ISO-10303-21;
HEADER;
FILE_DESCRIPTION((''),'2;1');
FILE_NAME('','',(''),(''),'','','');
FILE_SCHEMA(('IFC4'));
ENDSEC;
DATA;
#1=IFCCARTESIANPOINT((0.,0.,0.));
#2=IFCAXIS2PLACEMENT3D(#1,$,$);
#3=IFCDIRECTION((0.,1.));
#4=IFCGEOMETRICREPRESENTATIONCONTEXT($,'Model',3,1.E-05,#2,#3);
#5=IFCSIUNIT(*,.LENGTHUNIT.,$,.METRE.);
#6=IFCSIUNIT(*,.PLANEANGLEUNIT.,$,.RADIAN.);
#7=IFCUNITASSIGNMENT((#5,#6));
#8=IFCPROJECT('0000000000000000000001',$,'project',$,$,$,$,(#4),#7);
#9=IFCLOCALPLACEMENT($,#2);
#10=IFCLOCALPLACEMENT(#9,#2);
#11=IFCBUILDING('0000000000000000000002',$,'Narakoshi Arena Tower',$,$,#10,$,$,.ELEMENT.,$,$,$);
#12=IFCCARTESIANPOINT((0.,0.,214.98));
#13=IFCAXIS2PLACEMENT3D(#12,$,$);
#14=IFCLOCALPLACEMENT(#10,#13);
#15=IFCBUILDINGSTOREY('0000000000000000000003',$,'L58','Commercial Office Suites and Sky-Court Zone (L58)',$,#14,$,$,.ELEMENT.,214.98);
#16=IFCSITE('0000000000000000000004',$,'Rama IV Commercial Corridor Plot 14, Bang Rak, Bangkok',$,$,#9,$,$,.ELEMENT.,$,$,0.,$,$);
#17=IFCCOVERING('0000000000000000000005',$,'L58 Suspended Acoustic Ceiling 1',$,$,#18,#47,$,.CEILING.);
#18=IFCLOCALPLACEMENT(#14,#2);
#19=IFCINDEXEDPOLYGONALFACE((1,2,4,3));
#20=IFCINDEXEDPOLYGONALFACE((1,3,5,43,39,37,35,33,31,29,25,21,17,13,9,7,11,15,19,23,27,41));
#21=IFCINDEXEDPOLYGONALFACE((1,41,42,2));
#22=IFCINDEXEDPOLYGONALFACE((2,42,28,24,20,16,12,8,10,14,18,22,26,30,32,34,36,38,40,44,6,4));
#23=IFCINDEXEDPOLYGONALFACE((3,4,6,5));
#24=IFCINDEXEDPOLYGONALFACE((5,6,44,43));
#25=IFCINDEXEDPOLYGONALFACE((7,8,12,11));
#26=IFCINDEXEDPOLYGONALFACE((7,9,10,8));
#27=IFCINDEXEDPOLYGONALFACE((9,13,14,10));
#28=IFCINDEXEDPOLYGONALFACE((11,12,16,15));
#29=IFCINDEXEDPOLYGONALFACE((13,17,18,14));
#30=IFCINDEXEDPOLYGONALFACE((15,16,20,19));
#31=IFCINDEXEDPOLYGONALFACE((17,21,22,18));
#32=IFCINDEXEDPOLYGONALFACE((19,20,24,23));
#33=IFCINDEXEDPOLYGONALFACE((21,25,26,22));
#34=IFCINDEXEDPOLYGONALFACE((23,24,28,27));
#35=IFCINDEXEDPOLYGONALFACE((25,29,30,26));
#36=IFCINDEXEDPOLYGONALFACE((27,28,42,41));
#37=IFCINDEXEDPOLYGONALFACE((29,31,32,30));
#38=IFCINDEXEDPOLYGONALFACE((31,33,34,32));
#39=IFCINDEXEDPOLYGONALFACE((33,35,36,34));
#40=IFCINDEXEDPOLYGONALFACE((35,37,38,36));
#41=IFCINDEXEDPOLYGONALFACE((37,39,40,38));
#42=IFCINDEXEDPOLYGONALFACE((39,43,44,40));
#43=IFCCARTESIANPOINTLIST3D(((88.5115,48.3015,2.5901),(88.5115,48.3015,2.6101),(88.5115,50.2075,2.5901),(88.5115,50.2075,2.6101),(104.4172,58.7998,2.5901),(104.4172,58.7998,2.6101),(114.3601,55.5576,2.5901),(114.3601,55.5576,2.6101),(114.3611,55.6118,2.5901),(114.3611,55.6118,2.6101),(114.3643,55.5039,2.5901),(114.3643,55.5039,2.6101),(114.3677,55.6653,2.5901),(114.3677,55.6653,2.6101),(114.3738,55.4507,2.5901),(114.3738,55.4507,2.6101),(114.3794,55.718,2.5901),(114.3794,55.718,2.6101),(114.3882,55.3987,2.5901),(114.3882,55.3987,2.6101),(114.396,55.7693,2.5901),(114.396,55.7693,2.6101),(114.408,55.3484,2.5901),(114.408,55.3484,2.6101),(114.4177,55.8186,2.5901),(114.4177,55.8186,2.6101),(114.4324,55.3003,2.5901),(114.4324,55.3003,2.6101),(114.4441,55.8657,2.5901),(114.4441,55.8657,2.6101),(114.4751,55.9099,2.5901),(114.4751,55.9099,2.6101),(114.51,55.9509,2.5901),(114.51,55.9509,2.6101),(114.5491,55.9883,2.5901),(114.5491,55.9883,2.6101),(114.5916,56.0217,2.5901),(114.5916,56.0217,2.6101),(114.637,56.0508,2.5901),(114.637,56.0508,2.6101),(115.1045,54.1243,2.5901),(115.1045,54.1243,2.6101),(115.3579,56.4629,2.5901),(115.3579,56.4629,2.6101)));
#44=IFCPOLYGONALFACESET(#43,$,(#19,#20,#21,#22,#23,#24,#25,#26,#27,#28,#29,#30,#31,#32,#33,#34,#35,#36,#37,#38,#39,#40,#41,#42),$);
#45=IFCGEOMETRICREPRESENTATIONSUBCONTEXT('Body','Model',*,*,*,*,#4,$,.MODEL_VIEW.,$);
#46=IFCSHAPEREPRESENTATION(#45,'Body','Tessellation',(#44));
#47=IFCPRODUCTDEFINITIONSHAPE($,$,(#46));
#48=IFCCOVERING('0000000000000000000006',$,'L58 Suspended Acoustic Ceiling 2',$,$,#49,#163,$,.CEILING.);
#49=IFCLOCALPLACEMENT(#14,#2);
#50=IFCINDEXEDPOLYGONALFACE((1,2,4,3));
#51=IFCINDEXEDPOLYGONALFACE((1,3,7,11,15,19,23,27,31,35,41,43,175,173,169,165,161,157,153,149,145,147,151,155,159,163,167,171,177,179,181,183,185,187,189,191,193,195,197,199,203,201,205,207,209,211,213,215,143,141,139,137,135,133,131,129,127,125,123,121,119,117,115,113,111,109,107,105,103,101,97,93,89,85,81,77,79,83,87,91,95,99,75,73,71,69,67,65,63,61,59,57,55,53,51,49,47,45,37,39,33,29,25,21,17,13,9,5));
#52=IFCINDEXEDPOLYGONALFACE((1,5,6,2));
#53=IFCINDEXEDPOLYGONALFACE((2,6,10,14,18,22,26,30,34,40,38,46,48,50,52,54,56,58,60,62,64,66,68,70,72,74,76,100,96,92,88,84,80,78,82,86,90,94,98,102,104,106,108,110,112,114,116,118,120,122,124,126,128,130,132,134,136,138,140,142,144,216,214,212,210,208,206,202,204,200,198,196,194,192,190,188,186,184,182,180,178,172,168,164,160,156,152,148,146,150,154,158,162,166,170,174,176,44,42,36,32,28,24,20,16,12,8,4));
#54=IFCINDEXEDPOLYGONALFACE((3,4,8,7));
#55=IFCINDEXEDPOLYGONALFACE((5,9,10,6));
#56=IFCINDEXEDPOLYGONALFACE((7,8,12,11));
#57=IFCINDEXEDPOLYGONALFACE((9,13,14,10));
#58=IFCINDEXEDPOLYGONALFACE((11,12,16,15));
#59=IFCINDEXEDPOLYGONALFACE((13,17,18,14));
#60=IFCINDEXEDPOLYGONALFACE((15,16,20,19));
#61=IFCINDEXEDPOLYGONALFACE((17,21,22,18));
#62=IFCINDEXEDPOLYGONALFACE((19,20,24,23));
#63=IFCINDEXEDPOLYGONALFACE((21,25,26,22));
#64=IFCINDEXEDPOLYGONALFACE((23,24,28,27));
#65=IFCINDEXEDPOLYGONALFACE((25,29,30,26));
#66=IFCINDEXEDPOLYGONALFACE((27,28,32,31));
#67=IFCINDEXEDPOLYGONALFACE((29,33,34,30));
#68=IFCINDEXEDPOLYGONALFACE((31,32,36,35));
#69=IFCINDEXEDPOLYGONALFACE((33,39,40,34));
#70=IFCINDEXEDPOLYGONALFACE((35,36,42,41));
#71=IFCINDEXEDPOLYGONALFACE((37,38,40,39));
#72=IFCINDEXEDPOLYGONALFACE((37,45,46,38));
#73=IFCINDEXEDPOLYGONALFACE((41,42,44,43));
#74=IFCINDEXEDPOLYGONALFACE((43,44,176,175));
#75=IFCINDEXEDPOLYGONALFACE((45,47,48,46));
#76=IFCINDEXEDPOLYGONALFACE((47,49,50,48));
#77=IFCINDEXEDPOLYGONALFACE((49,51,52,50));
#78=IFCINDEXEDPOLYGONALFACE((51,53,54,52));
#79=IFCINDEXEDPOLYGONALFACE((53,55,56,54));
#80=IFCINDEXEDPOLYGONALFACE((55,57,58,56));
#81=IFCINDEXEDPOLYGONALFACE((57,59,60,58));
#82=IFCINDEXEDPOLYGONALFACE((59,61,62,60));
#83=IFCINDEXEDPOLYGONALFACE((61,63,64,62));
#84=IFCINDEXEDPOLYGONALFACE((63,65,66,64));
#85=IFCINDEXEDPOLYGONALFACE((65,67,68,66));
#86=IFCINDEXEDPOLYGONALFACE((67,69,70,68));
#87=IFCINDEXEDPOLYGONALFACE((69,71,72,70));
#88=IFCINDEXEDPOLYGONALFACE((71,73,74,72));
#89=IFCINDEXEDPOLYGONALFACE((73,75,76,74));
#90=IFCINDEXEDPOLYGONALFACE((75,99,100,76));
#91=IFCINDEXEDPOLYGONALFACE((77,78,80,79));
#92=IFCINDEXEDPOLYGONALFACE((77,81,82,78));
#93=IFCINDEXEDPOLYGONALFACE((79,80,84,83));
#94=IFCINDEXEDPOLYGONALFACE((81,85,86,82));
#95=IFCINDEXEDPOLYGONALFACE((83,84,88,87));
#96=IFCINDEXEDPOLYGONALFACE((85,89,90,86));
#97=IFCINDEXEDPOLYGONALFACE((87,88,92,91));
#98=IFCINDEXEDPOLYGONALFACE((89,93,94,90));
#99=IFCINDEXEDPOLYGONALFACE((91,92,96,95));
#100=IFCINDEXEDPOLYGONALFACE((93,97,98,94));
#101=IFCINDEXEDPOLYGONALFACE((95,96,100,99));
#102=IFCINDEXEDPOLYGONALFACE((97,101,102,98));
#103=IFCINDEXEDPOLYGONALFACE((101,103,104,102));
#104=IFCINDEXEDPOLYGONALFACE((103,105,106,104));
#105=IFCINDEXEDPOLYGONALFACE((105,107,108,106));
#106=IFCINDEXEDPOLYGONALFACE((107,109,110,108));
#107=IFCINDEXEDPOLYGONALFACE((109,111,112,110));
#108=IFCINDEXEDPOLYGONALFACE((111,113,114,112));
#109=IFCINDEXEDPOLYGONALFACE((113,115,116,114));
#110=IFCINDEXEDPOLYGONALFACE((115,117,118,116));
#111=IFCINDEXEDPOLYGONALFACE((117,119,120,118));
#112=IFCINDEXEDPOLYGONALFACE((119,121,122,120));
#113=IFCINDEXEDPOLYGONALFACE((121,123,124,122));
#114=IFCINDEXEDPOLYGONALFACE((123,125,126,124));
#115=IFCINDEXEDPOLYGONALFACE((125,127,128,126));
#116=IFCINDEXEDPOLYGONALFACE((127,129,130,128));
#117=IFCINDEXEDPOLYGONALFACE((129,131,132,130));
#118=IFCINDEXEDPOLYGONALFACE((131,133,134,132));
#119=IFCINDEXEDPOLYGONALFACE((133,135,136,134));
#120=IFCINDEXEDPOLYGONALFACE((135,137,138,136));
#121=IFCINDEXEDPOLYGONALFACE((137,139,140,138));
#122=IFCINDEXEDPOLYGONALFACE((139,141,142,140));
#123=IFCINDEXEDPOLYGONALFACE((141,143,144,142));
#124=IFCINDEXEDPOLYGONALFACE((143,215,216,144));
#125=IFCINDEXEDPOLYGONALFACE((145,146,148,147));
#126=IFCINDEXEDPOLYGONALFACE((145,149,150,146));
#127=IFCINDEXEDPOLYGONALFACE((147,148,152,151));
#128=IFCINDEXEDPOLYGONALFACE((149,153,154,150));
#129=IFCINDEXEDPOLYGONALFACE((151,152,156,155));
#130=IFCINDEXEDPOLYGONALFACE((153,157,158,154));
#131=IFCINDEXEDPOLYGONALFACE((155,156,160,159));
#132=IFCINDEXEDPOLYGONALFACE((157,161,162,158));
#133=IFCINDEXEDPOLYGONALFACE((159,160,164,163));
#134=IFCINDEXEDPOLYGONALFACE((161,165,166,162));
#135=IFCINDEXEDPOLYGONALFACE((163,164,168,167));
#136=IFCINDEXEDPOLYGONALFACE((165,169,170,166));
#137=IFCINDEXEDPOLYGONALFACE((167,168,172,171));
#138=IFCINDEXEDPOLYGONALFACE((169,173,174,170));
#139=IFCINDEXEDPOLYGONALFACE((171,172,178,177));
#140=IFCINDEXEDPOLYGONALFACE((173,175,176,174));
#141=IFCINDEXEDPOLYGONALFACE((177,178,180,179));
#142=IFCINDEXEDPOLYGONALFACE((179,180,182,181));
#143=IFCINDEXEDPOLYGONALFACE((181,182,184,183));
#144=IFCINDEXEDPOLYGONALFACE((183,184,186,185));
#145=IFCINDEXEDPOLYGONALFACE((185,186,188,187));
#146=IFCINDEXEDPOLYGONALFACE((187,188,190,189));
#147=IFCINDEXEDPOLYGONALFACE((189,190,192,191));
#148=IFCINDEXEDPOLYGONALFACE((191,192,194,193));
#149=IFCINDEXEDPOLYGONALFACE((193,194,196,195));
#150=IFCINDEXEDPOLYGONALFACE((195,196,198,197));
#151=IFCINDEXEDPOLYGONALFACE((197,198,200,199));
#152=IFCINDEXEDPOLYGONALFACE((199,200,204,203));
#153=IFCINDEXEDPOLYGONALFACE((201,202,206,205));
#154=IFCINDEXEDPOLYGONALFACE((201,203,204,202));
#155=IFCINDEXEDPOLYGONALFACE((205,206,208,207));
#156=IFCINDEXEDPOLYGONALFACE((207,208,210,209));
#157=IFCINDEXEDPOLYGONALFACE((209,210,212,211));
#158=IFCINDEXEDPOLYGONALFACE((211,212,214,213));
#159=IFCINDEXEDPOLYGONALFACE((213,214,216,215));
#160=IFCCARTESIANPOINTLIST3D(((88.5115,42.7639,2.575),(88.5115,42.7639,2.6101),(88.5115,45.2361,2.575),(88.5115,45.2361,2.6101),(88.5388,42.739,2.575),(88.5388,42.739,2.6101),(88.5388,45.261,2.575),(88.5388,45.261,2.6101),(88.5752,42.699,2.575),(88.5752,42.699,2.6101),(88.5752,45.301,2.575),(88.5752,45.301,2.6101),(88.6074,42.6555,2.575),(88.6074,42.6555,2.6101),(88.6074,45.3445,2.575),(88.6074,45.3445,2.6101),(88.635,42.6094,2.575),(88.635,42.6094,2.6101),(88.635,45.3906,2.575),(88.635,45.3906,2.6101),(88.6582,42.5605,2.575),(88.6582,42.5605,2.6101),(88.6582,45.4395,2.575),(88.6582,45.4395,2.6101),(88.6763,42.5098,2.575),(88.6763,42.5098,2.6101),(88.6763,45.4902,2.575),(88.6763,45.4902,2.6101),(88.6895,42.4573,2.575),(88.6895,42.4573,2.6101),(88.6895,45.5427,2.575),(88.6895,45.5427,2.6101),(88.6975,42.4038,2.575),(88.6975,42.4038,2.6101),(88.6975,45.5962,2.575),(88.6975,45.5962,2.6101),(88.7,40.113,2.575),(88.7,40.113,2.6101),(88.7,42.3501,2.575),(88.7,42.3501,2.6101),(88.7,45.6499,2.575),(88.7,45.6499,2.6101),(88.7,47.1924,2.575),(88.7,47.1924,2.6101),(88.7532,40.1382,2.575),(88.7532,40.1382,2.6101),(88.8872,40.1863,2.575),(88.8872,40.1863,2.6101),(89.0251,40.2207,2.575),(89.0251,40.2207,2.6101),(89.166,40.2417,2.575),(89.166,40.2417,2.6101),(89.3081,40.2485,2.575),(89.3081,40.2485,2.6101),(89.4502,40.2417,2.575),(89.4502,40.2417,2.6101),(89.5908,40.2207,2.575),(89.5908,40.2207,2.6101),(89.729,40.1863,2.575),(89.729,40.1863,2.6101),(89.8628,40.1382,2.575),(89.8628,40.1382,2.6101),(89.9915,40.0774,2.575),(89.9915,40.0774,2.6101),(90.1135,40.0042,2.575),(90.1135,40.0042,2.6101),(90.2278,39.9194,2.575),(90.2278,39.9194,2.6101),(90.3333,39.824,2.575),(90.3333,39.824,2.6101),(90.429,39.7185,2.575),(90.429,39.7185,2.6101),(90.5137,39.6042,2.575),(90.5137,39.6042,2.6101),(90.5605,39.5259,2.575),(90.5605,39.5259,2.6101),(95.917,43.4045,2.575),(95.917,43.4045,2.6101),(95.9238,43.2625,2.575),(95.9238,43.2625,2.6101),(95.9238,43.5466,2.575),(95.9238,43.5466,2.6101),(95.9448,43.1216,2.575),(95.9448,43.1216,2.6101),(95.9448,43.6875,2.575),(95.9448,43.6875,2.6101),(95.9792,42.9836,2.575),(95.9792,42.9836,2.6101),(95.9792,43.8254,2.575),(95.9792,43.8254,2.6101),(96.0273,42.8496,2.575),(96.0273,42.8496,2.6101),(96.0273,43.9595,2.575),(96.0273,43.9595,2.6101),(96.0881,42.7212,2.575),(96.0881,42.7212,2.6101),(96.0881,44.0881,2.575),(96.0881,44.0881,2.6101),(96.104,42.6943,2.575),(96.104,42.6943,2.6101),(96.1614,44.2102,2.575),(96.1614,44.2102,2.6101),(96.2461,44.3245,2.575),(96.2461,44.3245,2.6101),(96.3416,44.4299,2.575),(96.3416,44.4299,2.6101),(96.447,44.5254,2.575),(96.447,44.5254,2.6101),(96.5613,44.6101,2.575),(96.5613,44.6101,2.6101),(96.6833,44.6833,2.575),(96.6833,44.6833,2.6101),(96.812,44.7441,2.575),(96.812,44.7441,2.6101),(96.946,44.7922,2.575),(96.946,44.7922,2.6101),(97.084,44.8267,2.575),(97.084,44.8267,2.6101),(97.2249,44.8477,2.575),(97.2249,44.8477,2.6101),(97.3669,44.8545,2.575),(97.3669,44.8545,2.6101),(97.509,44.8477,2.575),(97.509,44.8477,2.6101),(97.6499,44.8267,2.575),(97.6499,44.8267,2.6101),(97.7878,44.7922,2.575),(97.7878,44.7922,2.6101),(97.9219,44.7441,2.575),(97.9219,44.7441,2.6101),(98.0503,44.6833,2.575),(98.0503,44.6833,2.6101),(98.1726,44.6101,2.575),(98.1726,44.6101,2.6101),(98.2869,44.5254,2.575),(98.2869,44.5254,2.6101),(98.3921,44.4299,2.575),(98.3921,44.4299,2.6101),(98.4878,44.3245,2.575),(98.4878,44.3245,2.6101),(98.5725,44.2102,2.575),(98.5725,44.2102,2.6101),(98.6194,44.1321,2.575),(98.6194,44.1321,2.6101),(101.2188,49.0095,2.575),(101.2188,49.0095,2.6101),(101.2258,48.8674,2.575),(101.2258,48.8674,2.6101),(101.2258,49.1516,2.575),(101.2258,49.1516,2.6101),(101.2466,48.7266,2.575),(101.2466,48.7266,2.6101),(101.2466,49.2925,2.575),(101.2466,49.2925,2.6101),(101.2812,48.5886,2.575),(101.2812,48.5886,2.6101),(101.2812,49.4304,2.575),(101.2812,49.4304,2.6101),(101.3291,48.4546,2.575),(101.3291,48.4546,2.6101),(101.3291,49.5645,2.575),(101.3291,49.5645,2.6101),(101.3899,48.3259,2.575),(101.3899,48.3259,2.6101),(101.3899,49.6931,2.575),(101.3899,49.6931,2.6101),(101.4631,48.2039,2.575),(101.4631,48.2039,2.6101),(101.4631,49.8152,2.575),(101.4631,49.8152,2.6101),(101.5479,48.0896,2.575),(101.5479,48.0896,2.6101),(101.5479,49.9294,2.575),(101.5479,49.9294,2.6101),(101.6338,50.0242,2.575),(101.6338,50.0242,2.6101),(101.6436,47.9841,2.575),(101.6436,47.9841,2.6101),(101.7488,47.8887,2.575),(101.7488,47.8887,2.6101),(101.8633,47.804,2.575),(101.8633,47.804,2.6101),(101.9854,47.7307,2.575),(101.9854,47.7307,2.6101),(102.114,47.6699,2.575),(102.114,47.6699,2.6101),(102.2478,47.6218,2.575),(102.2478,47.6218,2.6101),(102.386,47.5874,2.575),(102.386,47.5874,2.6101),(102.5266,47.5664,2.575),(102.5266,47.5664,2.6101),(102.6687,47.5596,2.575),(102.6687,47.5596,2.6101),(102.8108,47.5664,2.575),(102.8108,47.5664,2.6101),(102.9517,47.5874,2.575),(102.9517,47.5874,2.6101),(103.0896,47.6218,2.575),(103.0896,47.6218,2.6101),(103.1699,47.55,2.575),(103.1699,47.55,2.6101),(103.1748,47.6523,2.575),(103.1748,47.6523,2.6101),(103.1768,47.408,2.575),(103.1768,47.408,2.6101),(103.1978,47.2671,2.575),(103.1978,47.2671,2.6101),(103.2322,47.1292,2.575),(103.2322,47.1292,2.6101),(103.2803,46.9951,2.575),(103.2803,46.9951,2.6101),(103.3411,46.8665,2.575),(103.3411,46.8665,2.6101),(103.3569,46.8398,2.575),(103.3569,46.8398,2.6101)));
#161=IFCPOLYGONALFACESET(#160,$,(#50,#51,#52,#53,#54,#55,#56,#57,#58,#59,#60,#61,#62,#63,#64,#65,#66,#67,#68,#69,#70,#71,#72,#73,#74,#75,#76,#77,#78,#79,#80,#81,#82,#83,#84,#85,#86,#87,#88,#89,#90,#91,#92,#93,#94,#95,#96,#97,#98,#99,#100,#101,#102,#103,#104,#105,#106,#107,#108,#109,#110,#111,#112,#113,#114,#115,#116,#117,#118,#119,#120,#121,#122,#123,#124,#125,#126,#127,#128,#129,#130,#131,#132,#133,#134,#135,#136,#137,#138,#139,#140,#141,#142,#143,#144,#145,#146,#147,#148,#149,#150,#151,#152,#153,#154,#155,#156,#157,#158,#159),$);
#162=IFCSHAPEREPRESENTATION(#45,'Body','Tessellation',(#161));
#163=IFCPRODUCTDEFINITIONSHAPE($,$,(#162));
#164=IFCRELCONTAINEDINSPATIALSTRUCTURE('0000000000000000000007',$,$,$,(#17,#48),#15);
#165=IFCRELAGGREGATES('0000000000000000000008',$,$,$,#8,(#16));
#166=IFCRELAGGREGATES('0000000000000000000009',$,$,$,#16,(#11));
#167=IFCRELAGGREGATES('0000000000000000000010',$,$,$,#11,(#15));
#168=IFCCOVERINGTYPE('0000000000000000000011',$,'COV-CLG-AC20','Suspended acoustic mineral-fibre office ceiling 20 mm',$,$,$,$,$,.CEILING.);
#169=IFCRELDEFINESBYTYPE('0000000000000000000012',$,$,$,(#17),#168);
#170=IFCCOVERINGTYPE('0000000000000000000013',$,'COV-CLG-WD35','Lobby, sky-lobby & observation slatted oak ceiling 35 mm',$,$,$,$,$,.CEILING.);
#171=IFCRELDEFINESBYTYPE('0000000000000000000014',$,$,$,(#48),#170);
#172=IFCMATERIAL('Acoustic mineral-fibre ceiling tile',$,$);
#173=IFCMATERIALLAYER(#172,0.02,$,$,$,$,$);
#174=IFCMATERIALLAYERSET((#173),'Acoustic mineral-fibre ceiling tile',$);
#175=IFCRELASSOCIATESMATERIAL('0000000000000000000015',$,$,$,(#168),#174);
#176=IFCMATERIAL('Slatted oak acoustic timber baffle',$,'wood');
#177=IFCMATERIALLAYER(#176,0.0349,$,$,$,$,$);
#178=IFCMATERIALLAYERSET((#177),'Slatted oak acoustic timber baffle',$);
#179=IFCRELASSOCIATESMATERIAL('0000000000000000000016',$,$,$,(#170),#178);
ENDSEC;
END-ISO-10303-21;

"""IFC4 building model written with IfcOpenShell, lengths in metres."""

from ifc_helpers import new_model, si_unit, direction, frame, origin, place, context, subcontext, project, spatial, polyline, outline, extrude, material, layer, layer_set, type_object, element, save


model = new_model("IFC4")

# Units and contexts
model_context = context("Model", 3, precision=1e-05, world=origin(), true_north=direction((0.0, 1.0)))
body_context = subcontext(model_context, "Body", "Model", "MODEL_VIEW")
ifc_project = project(units=[si_unit("LENGTHUNIT", "METRE"), si_unit("PLANEANGLEUNIT", "RADIAN")], contexts=[model_context])

# Site, building, storey
site_placement = place(None, origin())
site = spatial("IfcSite", under=ifc_project, at=site_placement, Name="Rama IV Commercial Corridor Plot 14, Bang Rak, Bangkok", CompositionType="ELEMENT", RefElevation=0.0)
building_placement = place(site_placement, origin())
building = spatial("IfcBuilding", under=site, at=building_placement, Name="Narakoshi Arena Tower", CompositionType="ELEMENT")
storey_placement = place(building_placement, frame((0.0, 0.0, 214.98)))
storey = spatial("IfcBuildingStorey", under=building, at=storey_placement, Name="L58", Description="Commercial Office Suites and Sky-Court Zone (L58)", CompositionType="ELEMENT", Elevation=214.98)

# Coverings
ifc_material_1 = material(Name="Acoustic mineral-fibre ceiling tile")
ifc_layer_1 = layer(ifc_material_1, 0.02)
ifc_layer_set_1 = layer_set([ifc_layer_1], Name="Acoustic mineral-fibre ceiling tile")
covering_type_1 = type_object("IfcCoveringType", Name="COV-CLG-AC20", Description="Suspended acoustic mineral-fibre office ceiling 20 mm", PredefinedType="CEILING", material=ifc_layer_set_1)
covering_1_placement = place(storey_placement, frame((0.0, 0.0, 2.5901)))
element("IfcCovering", 1, at=covering_1_placement, inside=storey, type_object=covering_type_1, Name="L58 Suspended Acoustic Ceiling 1", PredefinedType="CEILING", context=body_context, shape_type="SweptSolid", body=[
    extrude(outline(polyline([(88.5115, 50.2075), (104.4172, 58.7998), (115.3579, 56.4629), (114.637, 56.0508), (114.5916, 56.0217), (114.5491, 55.9883), (114.51, 55.9509), (114.4751, 55.9099), (114.4441, 55.8657), (114.4177, 55.8186), (114.396, 55.7693), (114.3794, 55.718), (114.3677, 55.6653), (114.3611, 55.6118), (114.3601, 55.5576), (114.3643, 55.5039), (114.3738, 55.4507), (114.3882, 55.3987), (114.408, 55.3484), (114.4324, 55.3003), (115.1045, 54.1243), (88.5115, 48.3015), (88.5115, 50.2075)])), origin(), (0.0, 0.0, 1.0), 0.02),
])
ifc_material_2 = material(Name="Slatted oak acoustic timber baffle", Category="wood")
ifc_layer_2 = layer(ifc_material_2, 0.0349)
ifc_layer_set_2 = layer_set([ifc_layer_2], Name="Slatted oak acoustic timber baffle")
covering_type_2 = type_object("IfcCoveringType", Name="COV-CLG-WD35", Description="Lobby, sky-lobby & observation slatted oak ceiling 35 mm", PredefinedType="CEILING", material=ifc_layer_set_2)
covering_2_placement = place(storey_placement, frame((0.0, 0.0, 2.575)))
element("IfcCovering", 2, at=covering_2_placement, inside=storey, type_object=covering_type_2, Name="L58 Suspended Acoustic Ceiling 2", PredefinedType="CEILING", context=body_context, shape_type="SweptSolid", body=[
    extrude(outline(polyline([(88.5115, 45.2361), (88.5388, 45.261), (88.5752, 45.301), (88.6074, 45.3445), (88.635, 45.3906), (88.6582, 45.4395), (88.6763, 45.4902), (88.6895, 45.5427), (88.6975, 45.5962), (88.7, 45.6499), (88.7, 47.1924), (101.6338, 50.0242), (101.5479, 49.9294), (101.4631, 49.8152), (101.3899, 49.6931), (101.3291, 49.5645), (101.2812, 49.4304), (101.2466, 49.2925), (101.2258, 49.1516), (101.2188, 49.0095), (101.2258, 48.8674), (101.2466, 48.7266), (101.2812, 48.5886), (101.3291, 48.4546), (101.3899, 48.3259), (101.4631, 48.2039), (101.5479, 48.0896), (101.6436, 47.9841), (101.7488, 47.8887), (101.8633, 47.804), (101.9854, 47.7307), (102.114, 47.6699), (102.2478, 47.6218), (102.386, 47.5874), (102.5266, 47.5664), (102.6687, 47.5596), (102.8108, 47.5664), (102.9517, 47.5874), (103.0896, 47.6218), (103.1748, 47.6523), (103.1699, 47.55), (103.1768, 47.408), (103.1978, 47.2671), (103.2322, 47.1292), (103.2803, 46.9951), (103.3411, 46.8665), (103.3569, 46.8398), (98.6194, 44.1321), (98.5725, 44.2102), (98.4878, 44.3245), (98.3921, 44.4299), (98.2869, 44.5254), (98.1726, 44.6101), (98.0503, 44.6833), (97.9219, 44.7441), (97.7878, 44.7922), (97.6499, 44.8267), (97.509, 44.8477), (97.3669, 44.8545), (97.2249, 44.8477), (97.084, 44.8267), (96.946, 44.7922), (96.812, 44.7441), (96.6833, 44.6833), (96.5613, 44.6101), (96.447, 44.5254), (96.3416, 44.4299), (96.2461, 44.3245), (96.1614, 44.2102), (96.0881, 44.0881), (96.0273, 43.9595), (95.9792, 43.8254), (95.9448, 43.6875), (95.9238, 43.5466), (95.917, 43.4045), (95.9238, 43.2625), (95.9448, 43.1216), (95.9792, 42.9836), (96.0273, 42.8496), (96.0881, 42.7212), (96.104, 42.6943), (90.5605, 39.5259), (90.5137, 39.6042), (90.429, 39.7185), (90.3333, 39.824), (90.2278, 39.9194), (90.1135, 40.0042), (89.9915, 40.0774), (89.8628, 40.1382), (89.729, 40.1863), (89.5908, 40.2207), (89.4502, 40.2417), (89.3081, 40.2485), (89.166, 40.2417), (89.0251, 40.2207), (88.8872, 40.1863), (88.7532, 40.1382), (88.7, 40.113), (88.7, 42.3501), (88.6975, 42.4038), (88.6895, 42.4573), (88.6763, 42.5098), (88.6582, 42.5605), (88.635, 42.6094), (88.6074, 42.6555), (88.5752, 42.699), (88.5388, 42.739), (88.5115, 42.7639), (88.5115, 45.2361)])), origin(), (0.0, 0.0, 1.0), 0.0352),
])

save(model, "model.ifc")
